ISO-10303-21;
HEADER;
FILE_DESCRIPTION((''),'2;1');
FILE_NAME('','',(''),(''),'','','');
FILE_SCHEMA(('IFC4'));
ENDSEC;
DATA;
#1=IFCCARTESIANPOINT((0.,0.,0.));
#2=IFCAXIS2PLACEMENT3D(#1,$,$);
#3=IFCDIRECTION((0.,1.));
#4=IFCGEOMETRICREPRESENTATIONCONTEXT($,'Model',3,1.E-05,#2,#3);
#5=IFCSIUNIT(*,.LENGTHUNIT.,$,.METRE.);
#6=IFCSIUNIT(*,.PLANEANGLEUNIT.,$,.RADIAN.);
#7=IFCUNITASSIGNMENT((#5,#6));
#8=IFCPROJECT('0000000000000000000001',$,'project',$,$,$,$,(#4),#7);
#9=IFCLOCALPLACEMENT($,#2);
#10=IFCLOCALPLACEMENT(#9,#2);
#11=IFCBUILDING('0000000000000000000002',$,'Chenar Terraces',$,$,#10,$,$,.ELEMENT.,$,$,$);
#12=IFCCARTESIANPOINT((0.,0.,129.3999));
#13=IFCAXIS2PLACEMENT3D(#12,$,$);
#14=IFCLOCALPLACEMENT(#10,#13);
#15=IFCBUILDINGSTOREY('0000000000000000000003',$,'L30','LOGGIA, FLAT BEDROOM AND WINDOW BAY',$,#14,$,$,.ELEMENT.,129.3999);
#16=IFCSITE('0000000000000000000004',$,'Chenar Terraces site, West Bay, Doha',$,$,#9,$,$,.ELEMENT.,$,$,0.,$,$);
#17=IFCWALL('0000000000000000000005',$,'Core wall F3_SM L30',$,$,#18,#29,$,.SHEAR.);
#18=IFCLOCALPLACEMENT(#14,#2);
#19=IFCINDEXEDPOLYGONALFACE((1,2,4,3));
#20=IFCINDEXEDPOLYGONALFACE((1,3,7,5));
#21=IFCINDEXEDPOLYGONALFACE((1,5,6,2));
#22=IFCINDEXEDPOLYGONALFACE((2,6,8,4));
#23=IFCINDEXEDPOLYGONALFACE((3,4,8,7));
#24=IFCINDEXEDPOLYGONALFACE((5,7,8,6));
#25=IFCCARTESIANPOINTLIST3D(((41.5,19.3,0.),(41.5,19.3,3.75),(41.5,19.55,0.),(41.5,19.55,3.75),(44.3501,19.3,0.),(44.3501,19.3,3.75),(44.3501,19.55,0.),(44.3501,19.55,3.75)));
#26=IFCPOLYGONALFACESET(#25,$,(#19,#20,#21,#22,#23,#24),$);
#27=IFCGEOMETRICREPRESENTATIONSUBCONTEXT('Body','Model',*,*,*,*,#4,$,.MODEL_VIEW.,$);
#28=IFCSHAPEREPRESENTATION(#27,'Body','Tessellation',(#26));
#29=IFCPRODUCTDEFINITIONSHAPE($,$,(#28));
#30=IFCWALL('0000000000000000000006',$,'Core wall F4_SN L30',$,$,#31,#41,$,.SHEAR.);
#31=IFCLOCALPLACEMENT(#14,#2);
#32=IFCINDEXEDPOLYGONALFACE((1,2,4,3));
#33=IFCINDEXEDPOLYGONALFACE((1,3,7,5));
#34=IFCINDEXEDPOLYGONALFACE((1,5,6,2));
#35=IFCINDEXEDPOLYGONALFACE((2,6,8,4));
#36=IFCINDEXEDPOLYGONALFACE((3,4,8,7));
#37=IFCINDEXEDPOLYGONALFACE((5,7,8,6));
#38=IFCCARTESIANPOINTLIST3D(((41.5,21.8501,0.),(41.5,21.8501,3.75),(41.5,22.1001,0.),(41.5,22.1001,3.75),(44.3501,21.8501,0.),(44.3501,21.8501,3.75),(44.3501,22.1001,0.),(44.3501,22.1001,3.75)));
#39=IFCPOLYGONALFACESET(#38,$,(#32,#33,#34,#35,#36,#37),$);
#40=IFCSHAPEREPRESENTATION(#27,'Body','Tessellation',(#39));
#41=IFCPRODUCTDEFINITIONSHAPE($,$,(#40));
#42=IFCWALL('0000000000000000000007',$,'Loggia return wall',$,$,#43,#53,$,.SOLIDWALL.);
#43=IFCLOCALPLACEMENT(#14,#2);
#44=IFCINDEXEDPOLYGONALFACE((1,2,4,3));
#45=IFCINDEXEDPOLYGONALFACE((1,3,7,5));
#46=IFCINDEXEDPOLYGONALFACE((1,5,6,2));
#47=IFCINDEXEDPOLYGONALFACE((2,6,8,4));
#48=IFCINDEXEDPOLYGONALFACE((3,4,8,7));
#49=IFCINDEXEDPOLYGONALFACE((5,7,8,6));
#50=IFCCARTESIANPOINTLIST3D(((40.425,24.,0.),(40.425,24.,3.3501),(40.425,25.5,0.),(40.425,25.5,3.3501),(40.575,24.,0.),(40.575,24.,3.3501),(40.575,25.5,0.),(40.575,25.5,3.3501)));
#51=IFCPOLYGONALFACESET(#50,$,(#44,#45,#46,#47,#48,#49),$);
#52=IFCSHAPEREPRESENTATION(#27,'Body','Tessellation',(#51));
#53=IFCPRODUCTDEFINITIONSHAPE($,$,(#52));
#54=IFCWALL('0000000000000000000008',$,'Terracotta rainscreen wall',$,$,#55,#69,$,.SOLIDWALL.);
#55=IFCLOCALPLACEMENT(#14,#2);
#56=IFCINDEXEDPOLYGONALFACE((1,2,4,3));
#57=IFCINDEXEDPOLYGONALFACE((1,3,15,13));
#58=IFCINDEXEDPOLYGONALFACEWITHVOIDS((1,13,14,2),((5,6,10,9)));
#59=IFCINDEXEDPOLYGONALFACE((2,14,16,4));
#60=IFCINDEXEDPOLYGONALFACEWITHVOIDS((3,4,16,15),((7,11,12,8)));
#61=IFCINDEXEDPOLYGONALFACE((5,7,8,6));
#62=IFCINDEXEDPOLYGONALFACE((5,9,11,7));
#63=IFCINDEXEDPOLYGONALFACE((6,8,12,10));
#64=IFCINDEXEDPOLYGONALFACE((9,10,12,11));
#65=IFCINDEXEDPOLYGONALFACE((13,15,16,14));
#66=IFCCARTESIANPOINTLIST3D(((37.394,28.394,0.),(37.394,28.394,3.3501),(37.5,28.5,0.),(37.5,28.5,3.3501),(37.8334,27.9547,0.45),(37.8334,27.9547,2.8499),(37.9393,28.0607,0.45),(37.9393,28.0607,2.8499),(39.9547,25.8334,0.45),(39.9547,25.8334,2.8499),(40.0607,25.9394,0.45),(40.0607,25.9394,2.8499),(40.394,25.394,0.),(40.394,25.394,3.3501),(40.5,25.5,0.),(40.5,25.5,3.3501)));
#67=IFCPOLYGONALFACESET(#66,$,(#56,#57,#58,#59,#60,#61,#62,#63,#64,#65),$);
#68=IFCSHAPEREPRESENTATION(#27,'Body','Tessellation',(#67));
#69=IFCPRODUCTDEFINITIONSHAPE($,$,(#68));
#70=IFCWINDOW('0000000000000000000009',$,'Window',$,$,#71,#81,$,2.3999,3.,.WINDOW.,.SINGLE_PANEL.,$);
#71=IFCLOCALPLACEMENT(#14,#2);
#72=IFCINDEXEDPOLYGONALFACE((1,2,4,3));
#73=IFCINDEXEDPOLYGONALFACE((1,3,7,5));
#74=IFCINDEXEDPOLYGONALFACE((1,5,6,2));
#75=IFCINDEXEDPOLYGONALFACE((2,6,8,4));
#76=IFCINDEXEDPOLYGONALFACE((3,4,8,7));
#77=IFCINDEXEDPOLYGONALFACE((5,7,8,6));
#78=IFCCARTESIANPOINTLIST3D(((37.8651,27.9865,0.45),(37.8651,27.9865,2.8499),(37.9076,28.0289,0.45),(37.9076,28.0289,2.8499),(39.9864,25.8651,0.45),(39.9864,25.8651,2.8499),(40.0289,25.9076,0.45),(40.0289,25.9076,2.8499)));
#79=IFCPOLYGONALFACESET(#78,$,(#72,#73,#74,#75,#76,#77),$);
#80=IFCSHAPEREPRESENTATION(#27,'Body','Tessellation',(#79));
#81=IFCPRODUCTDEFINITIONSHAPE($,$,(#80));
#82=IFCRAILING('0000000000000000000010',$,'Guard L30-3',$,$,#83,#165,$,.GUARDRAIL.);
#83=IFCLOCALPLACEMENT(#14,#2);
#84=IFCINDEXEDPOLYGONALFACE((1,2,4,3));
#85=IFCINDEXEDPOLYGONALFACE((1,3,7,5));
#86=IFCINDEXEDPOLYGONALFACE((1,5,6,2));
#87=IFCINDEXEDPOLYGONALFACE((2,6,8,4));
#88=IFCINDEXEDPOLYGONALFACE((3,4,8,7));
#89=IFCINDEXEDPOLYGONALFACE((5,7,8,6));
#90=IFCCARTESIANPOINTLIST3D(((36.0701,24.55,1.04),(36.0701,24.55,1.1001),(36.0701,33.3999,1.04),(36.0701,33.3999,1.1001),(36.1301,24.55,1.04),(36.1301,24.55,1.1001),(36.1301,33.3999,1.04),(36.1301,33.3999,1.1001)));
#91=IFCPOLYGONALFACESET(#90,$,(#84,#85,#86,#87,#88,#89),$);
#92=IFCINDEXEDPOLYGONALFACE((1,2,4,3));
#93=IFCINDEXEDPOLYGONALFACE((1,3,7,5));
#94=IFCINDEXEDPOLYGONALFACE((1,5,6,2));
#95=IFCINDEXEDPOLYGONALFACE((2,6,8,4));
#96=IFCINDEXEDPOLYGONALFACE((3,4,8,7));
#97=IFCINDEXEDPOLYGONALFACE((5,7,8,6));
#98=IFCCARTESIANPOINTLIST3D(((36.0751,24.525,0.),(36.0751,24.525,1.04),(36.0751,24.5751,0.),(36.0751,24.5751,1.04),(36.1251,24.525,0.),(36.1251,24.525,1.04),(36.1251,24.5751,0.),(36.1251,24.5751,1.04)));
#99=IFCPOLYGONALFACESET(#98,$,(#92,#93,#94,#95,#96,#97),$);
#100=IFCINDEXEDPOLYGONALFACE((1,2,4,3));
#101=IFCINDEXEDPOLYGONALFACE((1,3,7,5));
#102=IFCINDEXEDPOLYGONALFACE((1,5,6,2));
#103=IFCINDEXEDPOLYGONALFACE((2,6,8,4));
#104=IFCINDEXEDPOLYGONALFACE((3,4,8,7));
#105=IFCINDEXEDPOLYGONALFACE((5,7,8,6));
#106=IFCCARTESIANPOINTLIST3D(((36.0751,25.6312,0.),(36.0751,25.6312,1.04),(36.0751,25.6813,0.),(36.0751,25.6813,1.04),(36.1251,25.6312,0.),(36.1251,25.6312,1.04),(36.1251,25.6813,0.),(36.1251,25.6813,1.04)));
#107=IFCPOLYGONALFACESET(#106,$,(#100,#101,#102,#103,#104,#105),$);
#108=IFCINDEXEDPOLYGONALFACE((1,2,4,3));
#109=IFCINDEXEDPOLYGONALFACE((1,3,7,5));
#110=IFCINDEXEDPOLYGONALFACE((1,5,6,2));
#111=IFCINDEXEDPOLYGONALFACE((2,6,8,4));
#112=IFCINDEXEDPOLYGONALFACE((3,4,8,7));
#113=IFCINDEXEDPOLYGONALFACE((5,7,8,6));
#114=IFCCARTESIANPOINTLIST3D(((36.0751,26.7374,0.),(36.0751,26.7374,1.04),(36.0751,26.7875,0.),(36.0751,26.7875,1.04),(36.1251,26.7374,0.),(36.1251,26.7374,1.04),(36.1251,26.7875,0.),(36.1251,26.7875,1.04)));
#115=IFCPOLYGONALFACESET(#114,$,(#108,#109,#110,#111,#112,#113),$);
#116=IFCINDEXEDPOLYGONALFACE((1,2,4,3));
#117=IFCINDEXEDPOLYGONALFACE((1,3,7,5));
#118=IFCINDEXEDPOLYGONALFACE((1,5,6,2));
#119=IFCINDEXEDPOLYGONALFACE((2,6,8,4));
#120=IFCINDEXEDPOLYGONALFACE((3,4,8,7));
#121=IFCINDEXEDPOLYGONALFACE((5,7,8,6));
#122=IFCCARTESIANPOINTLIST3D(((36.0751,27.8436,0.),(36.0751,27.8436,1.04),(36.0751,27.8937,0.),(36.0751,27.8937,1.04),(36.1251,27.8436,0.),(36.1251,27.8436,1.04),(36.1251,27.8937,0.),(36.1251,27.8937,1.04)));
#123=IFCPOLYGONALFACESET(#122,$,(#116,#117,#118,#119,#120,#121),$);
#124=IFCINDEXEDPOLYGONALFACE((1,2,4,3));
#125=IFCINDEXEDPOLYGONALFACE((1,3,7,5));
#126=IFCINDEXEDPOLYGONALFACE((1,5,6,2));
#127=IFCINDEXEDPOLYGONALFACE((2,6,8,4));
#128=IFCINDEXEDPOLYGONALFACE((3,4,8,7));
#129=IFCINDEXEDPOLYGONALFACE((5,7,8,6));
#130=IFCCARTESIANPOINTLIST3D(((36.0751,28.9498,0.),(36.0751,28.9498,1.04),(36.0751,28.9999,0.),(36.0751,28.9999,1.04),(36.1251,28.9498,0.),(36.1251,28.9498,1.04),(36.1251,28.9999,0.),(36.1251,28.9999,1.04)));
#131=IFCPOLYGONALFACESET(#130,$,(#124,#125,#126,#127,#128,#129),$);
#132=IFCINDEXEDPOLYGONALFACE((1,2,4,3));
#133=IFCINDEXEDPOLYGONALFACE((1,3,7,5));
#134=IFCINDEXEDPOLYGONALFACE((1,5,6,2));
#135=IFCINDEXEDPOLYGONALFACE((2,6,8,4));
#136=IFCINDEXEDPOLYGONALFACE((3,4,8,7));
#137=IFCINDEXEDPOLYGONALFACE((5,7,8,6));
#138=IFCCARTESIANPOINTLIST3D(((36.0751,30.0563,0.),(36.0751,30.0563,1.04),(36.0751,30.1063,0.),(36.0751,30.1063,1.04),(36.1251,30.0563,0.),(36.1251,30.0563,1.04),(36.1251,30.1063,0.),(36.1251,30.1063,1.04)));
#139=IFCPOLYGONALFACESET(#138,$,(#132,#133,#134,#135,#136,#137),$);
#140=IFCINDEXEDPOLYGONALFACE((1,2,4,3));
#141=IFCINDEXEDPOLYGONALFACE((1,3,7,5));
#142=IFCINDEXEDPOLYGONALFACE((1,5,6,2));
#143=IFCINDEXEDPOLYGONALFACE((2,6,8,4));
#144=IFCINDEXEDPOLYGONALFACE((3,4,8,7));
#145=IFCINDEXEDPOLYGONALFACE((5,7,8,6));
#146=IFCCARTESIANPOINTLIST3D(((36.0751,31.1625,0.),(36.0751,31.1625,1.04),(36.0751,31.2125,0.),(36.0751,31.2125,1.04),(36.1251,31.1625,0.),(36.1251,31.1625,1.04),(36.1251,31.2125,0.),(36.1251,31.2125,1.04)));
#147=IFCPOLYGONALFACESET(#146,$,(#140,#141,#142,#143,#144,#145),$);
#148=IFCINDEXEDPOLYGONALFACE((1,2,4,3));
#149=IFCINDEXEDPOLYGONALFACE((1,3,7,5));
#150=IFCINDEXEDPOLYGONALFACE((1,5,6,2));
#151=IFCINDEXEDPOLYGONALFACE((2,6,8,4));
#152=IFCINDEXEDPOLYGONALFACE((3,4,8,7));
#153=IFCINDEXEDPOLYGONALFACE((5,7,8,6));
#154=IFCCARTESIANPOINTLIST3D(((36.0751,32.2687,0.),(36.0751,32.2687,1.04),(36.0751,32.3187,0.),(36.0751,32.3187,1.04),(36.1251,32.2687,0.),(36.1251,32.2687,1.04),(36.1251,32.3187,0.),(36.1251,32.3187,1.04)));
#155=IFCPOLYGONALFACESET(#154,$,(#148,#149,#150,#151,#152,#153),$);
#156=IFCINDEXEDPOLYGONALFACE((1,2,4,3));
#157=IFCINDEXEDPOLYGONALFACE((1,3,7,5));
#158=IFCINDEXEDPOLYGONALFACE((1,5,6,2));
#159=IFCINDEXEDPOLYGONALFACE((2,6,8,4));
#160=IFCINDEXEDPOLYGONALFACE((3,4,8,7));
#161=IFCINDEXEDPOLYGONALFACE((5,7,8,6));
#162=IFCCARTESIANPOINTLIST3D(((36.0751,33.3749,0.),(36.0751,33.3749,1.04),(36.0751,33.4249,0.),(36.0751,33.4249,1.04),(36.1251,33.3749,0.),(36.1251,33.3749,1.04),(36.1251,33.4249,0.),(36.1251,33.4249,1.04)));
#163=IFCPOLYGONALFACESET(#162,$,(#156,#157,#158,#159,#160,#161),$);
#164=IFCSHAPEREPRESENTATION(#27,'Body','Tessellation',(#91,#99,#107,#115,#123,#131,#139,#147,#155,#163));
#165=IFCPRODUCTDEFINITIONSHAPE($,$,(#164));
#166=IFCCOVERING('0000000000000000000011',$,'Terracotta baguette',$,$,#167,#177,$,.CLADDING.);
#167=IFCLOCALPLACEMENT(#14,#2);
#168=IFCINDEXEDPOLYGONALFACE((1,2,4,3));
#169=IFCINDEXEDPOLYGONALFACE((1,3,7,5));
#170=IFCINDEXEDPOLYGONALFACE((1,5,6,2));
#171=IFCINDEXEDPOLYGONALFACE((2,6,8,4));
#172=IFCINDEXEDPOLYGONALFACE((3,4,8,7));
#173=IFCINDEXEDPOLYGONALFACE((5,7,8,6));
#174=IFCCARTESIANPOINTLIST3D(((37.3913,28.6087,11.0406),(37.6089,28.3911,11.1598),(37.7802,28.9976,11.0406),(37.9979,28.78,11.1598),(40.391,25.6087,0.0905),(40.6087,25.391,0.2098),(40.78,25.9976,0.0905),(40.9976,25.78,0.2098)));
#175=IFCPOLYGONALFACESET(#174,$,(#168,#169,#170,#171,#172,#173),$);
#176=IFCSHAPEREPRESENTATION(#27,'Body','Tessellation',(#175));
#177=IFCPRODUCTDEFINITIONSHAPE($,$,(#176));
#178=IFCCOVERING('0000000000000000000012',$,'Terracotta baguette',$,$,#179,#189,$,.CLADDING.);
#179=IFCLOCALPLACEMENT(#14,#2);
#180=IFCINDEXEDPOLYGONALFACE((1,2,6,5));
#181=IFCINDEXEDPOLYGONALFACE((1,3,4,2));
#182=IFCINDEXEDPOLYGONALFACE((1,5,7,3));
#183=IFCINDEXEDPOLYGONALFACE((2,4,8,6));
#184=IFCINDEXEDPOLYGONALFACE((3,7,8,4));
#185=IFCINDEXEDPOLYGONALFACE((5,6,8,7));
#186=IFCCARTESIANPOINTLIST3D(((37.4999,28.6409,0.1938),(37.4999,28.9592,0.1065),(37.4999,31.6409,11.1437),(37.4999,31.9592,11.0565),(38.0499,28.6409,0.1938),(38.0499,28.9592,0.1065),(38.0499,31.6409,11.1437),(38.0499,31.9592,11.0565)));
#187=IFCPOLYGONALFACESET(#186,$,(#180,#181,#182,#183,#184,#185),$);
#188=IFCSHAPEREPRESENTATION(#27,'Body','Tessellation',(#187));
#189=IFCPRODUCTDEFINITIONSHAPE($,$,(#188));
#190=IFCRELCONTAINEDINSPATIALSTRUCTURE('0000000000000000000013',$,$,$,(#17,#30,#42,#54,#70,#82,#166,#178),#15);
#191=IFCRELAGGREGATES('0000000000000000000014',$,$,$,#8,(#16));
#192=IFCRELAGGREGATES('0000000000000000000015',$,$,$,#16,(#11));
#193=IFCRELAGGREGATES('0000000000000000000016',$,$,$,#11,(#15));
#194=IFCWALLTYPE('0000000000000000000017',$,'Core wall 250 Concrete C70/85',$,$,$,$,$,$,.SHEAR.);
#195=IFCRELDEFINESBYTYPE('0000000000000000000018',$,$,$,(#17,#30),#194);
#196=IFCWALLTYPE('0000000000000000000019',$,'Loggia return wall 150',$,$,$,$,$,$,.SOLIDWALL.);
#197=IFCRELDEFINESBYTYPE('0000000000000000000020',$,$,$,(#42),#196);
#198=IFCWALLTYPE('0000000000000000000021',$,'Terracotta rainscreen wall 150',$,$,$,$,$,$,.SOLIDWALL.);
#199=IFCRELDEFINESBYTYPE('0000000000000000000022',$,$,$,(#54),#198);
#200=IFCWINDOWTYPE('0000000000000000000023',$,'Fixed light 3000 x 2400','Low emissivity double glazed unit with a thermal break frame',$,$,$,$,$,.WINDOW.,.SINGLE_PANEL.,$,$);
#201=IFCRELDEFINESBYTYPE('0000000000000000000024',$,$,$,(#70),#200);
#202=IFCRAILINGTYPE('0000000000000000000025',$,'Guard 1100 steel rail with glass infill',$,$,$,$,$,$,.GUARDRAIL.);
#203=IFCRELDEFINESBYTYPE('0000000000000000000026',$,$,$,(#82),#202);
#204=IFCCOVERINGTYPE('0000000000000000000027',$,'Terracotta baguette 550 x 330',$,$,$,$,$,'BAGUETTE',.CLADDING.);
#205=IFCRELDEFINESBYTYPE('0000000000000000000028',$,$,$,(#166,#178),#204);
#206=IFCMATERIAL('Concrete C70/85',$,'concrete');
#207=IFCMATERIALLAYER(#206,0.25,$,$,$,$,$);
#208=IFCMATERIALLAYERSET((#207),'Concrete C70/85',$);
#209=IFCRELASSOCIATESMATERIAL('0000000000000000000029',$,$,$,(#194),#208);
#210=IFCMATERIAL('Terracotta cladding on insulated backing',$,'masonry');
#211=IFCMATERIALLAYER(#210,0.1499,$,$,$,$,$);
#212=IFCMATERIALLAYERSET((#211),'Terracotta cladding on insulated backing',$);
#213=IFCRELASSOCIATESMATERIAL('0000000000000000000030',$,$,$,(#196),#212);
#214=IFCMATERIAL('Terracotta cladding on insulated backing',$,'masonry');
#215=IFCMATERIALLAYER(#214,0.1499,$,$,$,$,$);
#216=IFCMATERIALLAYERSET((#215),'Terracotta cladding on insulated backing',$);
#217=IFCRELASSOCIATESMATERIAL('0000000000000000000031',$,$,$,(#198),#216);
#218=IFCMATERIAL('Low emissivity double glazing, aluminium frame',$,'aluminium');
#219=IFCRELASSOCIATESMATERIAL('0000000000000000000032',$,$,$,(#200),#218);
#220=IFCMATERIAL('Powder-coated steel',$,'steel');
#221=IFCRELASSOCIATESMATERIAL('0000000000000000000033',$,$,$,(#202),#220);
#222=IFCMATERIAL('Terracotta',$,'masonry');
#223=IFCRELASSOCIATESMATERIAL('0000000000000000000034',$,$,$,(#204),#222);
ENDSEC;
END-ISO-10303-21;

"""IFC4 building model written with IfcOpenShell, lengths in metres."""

from ifc_helpers import new_model, si_unit, direction, frame, frame_2d, origin, origin_2d, place, context, subcontext, project, spatial, rectangle, extrude, material, layer, layer_set, material_profile, profile_set, type_object, element, fill, save


model = new_model("IFC4")

# Units and contexts
model_context = context("Model", 3, precision=1e-05, world=origin(), true_north=direction((0.0, 1.0)))
body_context = subcontext(model_context, "Body", "Model", "MODEL_VIEW")
ifc_project = project(units=[si_unit("LENGTHUNIT", "METRE"), si_unit("PLANEANGLEUNIT", "RADIAN")], contexts=[model_context])

# Site, building, storey
site_placement = place(None, origin())
site = spatial("IfcSite", under=ifc_project, at=site_placement, Name="Chenar Terraces site, West Bay, Doha", CompositionType="ELEMENT", RefElevation=0.0)
building_placement = place(site_placement, origin())
building = spatial("IfcBuilding", under=site, at=building_placement, Name="Chenar Terraces", CompositionType="ELEMENT")
storey_placement = place(building_placement, frame((0.0, 0.0, 129.3999)))
storey = spatial("IfcBuildingStorey", under=building, at=storey_placement, Name="L30", Description="LOGGIA, FLAT BEDROOM AND WINDOW BAY", CompositionType="ELEMENT", Elevation=129.3999)

# Walls
ifc_material_1 = material(Name="Concrete C70/85", Category="concrete")
ifc_layer_1 = layer(ifc_material_1, 0.25)
ifc_layer_set_1 = layer_set([ifc_layer_1], Name="Concrete C70/85")
wall_type_1 = type_object("IfcWallType", Name="Core wall 250 Concrete C70/85", PredefinedType="SHEAR", material=ifc_layer_set_1)
for number, where, z_axis, x_axis, name in (
    (1, (41.5, 19.425, 0.0), (0.0, 0.0, 1.0), (1.0, 0.0, 0.0), "Core wall F3_SM L30"),
    (2, (41.5, 21.9751, 0.0), (0.0, 0.0, 1.0), (1.0, 0.0, 0.0), "Core wall F4_SN L30"),
):
    element("IfcWall", number, at=place(storey_placement, frame(where, z_axis=z_axis, x_axis=x_axis)), inside=storey, type_object=wall_type_1, Name=name, PredefinedType="SHEAR", context=body_context, shape_type="SweptSolid", body=[
        extrude(rectangle(XDim=2.8501, YDim=0.25, at=frame_2d((1.425, 0.0))), origin(), (0.0, 0.0, 1.0), 3.75),
    ])
ifc_material_2 = material(Name="Terracotta cladding on insulated backing", Category="masonry")
ifc_layer_2 = layer(ifc_material_2, 0.1499)
ifc_layer_set_2 = layer_set([ifc_layer_2], Name="Terracotta cladding on insulated backing")
wall_type_2 = type_object("IfcWallType", Name="Loggia return wall 150", PredefinedType="SOLIDWALL", material=ifc_layer_set_2)
wall_1_placement = place(storey_placement, frame((40.5, 25.5, 0.0), z_axis=(0.0, 0.0, 1.0), x_axis=(0.0, -1.0, 0.0)))
element("IfcWall", 3, at=wall_1_placement, inside=storey, type_object=wall_type_2, Name="Loggia return wall", PredefinedType="SOLIDWALL", context=body_context, shape_type="SweptSolid", body=[
    extrude(rectangle(XDim=1.5, YDim=0.1499, at=frame_2d((0.75, 0.0))), origin(), (0.0, 0.0, 1.0), 3.3501),
])

# Wall, opening, window
ifc_material_3 = material(Name="Terracotta cladding on insulated backing", Category="masonry")
ifc_layer_3 = layer(ifc_material_3, 0.1499)
ifc_layer_set_3 = layer_set([ifc_layer_3], Name="Terracotta cladding on insulated backing")
wall_type_3 = type_object("IfcWallType", Name="Terracotta rainscreen wall 150", PredefinedType="SOLIDWALL", material=ifc_layer_set_3)
wall_2_placement = place(storey_placement, frame((40.447, 25.447, 0.0), z_axis=(0.0, 0.0, 1.0), x_axis=(-0.707107, 0.707107, 0.0)))
wall_2 = element("IfcWall", 4, at=wall_2_placement, inside=storey, type_object=wall_type_3, Name="Terracotta rainscreen wall", PredefinedType="SOLIDWALL", context=body_context, shape_type="SweptSolid", body=[
    extrude(rectangle(XDim=4.2427, YDim=0.1499, at=frame_2d((2.1213, 0.0))), origin(), (0.0, 0.0, 1.0), 3.3501),
])
opening_1_placement = place(wall_2_placement, frame((0.6213, 0.0, 0.45)))
opening_1 = element("IfcOpeningElement", 5, at=opening_1_placement, cuts=wall_2, PredefinedType="OPENING", context=body_context, shape_type="SweptSolid", body=[
    extrude(rectangle(XDim=3.0, YDim=2.3999, at=frame_2d((1.5, 1.2))), frame((0.0, 0.085, 0.0), z_axis=(0.0, -1.0, 0.0), x_axis=(1.0, 0.0, 0.0)), (0.0, 0.0, 1.0), 0.1699),
])
ifc_material_4 = material(Name="Low emissivity double glazing, aluminium frame", Category="aluminium")
window_type = type_object("IfcWindowType", Name="Fixed light 3000 x 2400", Description="Low emissivity double glazed unit with a thermal break frame", PartitioningType="SINGLE_PANEL", PredefinedType="WINDOW", material=ifc_material_4)
window_placement = place(opening_1_placement, origin())
window = element("IfcWindow", 6, at=window_placement, inside=storey, type_object=window_type, Name="Window", OverallHeight=2.3999, OverallWidth=3.0, PartitioningType="SINGLE_PANEL", PredefinedType="WINDOW", context=body_context, shape_type="SweptSolid", body=[
    extrude(rectangle(XDim=3.0, YDim=2.3999, at=frame_2d((1.5, 1.2))), frame((0.0, 0.03, 0.0), z_axis=(0.0, -1.0, 0.0), x_axis=(1.0, 0.0, 0.0)), (0.0, 0.0, 1.0), 0.0601),
])
fill(opening_1, window)

# Railing
ifc_material_5 = material(Name="Powder-coated steel", Category="steel")
railing_type = type_object("IfcRailingType", Name="Guard 1100 steel rail with glass infill", PredefinedType="GUARDRAIL", material=ifc_material_5)
railing_placement = place(storey_placement, frame((36.1001, 24.55, 0.0)))
element("IfcRailing", 7, at=railing_placement, inside=storey, type_object=railing_type, Name="Guard L30-3", PredefinedType="GUARDRAIL", context=body_context, shape_type="SweptSolid", body=[
    extrude(rectangle(XDim=0.0601, YDim=0.0601, at=origin_2d()), frame((0.0, 0.0, 1.0701), z_axis=(0.0, 1.0, 0.0), x_axis=(-1.0, 0.0, 0.0)), (0.0, 0.0, 1.0), 8.8499),
    extrude(rectangle(XDim=0.05, YDim=0.05, at=origin_2d()), origin(), (0.0, 0.0, 1.0), 1.04),
    extrude(rectangle(XDim=0.05, YDim=0.05, at=origin_2d()), frame((0.0, 1.1062, 0.0)), (0.0, 0.0, 1.0), 1.04),
    extrude(rectangle(XDim=0.05, YDim=0.05, at=origin_2d()), frame((0.0, 2.2124, 0.0)), (0.0, 0.0, 1.0), 1.04),
    extrude(rectangle(XDim=0.05, YDim=0.05, at=origin_2d()), frame((0.0, 3.3186, 0.0)), (0.0, 0.0, 1.0), 1.04),
    extrude(rectangle(XDim=0.05, YDim=0.05, at=origin_2d()), frame((0.0, 4.4248, 0.0)), (0.0, 0.0, 1.0), 1.04),
    extrude(rectangle(XDim=0.05, YDim=0.05, at=origin_2d()), frame((0.0, 5.5312, 0.0)), (0.0, 0.0, 1.0), 1.04),
    extrude(rectangle(XDim=0.05, YDim=0.05, at=origin_2d()), frame((0.0, 6.6375, 0.0)), (0.0, 0.0, 1.0), 1.04),
    extrude(rectangle(XDim=0.05, YDim=0.05, at=origin_2d()), frame((0.0, 7.7437, 0.0)), (0.0, 0.0, 1.0), 1.04),
    extrude(rectangle(XDim=0.05, YDim=0.05, at=origin_2d()), frame((0.0, 8.8499, 0.0)), (0.0, 0.0, 1.0), 1.04),
])

# Coverings
ifc_material_6 = material(Name="Terracotta", Category="masonry")
ifc_material_profile_1 = material_profile(ifc_material_6, rectangle(XDim=0.55, YDim=0.3301, at=origin_2d()), Name="Terracotta baguette 550 x 330")
ifc_profile_set_1 = profile_set([ifc_material_profile_1], Name="Terracotta")
covering_type = type_object("IfcCoveringType", Name="Terracotta baguette 550 x 330", ElementType="BAGUETTE", PredefinedType="CLADDING", material=ifc_profile_set_1)
covering_1_placement = place(storey_placement, frame((40.6943, 25.6943, 0.1501), z_axis=(-0.255449, 0.25547, 0.93246), x_axis=(-0.707136, -0.707078, 0.0)))
element("IfcCovering", 8, at=covering_1_placement, inside=storey, type_object=covering_type, Name="Terracotta baguette", PredefinedType="CLADDING", context=body_context, shape_type="SweptSolid", body=[
    extrude(rectangle(XDim=0.55, YDim=0.3301, at=origin_2d()), origin(), (0.0, 0.0, 1.0), 11.7432),
])
covering_2_placement = place(storey_placement, frame((37.7749, 28.8, 0.1501), z_axis=(0.0, 0.264236, 0.964458), x_axis=(-1.0, 0.0, 0.0)))
element("IfcCovering", 9, at=covering_2_placement, inside=storey, type_object=covering_type, Name="Terracotta baguette", PredefinedType="CLADDING", context=body_context, shape_type="SweptSolid", body=[
    extrude(rectangle(XDim=0.55, YDim=0.3301, at=origin_2d()), origin(), (0.0, 0.0, 1.0), 11.3535),
])

save(model, "model.ifc")
